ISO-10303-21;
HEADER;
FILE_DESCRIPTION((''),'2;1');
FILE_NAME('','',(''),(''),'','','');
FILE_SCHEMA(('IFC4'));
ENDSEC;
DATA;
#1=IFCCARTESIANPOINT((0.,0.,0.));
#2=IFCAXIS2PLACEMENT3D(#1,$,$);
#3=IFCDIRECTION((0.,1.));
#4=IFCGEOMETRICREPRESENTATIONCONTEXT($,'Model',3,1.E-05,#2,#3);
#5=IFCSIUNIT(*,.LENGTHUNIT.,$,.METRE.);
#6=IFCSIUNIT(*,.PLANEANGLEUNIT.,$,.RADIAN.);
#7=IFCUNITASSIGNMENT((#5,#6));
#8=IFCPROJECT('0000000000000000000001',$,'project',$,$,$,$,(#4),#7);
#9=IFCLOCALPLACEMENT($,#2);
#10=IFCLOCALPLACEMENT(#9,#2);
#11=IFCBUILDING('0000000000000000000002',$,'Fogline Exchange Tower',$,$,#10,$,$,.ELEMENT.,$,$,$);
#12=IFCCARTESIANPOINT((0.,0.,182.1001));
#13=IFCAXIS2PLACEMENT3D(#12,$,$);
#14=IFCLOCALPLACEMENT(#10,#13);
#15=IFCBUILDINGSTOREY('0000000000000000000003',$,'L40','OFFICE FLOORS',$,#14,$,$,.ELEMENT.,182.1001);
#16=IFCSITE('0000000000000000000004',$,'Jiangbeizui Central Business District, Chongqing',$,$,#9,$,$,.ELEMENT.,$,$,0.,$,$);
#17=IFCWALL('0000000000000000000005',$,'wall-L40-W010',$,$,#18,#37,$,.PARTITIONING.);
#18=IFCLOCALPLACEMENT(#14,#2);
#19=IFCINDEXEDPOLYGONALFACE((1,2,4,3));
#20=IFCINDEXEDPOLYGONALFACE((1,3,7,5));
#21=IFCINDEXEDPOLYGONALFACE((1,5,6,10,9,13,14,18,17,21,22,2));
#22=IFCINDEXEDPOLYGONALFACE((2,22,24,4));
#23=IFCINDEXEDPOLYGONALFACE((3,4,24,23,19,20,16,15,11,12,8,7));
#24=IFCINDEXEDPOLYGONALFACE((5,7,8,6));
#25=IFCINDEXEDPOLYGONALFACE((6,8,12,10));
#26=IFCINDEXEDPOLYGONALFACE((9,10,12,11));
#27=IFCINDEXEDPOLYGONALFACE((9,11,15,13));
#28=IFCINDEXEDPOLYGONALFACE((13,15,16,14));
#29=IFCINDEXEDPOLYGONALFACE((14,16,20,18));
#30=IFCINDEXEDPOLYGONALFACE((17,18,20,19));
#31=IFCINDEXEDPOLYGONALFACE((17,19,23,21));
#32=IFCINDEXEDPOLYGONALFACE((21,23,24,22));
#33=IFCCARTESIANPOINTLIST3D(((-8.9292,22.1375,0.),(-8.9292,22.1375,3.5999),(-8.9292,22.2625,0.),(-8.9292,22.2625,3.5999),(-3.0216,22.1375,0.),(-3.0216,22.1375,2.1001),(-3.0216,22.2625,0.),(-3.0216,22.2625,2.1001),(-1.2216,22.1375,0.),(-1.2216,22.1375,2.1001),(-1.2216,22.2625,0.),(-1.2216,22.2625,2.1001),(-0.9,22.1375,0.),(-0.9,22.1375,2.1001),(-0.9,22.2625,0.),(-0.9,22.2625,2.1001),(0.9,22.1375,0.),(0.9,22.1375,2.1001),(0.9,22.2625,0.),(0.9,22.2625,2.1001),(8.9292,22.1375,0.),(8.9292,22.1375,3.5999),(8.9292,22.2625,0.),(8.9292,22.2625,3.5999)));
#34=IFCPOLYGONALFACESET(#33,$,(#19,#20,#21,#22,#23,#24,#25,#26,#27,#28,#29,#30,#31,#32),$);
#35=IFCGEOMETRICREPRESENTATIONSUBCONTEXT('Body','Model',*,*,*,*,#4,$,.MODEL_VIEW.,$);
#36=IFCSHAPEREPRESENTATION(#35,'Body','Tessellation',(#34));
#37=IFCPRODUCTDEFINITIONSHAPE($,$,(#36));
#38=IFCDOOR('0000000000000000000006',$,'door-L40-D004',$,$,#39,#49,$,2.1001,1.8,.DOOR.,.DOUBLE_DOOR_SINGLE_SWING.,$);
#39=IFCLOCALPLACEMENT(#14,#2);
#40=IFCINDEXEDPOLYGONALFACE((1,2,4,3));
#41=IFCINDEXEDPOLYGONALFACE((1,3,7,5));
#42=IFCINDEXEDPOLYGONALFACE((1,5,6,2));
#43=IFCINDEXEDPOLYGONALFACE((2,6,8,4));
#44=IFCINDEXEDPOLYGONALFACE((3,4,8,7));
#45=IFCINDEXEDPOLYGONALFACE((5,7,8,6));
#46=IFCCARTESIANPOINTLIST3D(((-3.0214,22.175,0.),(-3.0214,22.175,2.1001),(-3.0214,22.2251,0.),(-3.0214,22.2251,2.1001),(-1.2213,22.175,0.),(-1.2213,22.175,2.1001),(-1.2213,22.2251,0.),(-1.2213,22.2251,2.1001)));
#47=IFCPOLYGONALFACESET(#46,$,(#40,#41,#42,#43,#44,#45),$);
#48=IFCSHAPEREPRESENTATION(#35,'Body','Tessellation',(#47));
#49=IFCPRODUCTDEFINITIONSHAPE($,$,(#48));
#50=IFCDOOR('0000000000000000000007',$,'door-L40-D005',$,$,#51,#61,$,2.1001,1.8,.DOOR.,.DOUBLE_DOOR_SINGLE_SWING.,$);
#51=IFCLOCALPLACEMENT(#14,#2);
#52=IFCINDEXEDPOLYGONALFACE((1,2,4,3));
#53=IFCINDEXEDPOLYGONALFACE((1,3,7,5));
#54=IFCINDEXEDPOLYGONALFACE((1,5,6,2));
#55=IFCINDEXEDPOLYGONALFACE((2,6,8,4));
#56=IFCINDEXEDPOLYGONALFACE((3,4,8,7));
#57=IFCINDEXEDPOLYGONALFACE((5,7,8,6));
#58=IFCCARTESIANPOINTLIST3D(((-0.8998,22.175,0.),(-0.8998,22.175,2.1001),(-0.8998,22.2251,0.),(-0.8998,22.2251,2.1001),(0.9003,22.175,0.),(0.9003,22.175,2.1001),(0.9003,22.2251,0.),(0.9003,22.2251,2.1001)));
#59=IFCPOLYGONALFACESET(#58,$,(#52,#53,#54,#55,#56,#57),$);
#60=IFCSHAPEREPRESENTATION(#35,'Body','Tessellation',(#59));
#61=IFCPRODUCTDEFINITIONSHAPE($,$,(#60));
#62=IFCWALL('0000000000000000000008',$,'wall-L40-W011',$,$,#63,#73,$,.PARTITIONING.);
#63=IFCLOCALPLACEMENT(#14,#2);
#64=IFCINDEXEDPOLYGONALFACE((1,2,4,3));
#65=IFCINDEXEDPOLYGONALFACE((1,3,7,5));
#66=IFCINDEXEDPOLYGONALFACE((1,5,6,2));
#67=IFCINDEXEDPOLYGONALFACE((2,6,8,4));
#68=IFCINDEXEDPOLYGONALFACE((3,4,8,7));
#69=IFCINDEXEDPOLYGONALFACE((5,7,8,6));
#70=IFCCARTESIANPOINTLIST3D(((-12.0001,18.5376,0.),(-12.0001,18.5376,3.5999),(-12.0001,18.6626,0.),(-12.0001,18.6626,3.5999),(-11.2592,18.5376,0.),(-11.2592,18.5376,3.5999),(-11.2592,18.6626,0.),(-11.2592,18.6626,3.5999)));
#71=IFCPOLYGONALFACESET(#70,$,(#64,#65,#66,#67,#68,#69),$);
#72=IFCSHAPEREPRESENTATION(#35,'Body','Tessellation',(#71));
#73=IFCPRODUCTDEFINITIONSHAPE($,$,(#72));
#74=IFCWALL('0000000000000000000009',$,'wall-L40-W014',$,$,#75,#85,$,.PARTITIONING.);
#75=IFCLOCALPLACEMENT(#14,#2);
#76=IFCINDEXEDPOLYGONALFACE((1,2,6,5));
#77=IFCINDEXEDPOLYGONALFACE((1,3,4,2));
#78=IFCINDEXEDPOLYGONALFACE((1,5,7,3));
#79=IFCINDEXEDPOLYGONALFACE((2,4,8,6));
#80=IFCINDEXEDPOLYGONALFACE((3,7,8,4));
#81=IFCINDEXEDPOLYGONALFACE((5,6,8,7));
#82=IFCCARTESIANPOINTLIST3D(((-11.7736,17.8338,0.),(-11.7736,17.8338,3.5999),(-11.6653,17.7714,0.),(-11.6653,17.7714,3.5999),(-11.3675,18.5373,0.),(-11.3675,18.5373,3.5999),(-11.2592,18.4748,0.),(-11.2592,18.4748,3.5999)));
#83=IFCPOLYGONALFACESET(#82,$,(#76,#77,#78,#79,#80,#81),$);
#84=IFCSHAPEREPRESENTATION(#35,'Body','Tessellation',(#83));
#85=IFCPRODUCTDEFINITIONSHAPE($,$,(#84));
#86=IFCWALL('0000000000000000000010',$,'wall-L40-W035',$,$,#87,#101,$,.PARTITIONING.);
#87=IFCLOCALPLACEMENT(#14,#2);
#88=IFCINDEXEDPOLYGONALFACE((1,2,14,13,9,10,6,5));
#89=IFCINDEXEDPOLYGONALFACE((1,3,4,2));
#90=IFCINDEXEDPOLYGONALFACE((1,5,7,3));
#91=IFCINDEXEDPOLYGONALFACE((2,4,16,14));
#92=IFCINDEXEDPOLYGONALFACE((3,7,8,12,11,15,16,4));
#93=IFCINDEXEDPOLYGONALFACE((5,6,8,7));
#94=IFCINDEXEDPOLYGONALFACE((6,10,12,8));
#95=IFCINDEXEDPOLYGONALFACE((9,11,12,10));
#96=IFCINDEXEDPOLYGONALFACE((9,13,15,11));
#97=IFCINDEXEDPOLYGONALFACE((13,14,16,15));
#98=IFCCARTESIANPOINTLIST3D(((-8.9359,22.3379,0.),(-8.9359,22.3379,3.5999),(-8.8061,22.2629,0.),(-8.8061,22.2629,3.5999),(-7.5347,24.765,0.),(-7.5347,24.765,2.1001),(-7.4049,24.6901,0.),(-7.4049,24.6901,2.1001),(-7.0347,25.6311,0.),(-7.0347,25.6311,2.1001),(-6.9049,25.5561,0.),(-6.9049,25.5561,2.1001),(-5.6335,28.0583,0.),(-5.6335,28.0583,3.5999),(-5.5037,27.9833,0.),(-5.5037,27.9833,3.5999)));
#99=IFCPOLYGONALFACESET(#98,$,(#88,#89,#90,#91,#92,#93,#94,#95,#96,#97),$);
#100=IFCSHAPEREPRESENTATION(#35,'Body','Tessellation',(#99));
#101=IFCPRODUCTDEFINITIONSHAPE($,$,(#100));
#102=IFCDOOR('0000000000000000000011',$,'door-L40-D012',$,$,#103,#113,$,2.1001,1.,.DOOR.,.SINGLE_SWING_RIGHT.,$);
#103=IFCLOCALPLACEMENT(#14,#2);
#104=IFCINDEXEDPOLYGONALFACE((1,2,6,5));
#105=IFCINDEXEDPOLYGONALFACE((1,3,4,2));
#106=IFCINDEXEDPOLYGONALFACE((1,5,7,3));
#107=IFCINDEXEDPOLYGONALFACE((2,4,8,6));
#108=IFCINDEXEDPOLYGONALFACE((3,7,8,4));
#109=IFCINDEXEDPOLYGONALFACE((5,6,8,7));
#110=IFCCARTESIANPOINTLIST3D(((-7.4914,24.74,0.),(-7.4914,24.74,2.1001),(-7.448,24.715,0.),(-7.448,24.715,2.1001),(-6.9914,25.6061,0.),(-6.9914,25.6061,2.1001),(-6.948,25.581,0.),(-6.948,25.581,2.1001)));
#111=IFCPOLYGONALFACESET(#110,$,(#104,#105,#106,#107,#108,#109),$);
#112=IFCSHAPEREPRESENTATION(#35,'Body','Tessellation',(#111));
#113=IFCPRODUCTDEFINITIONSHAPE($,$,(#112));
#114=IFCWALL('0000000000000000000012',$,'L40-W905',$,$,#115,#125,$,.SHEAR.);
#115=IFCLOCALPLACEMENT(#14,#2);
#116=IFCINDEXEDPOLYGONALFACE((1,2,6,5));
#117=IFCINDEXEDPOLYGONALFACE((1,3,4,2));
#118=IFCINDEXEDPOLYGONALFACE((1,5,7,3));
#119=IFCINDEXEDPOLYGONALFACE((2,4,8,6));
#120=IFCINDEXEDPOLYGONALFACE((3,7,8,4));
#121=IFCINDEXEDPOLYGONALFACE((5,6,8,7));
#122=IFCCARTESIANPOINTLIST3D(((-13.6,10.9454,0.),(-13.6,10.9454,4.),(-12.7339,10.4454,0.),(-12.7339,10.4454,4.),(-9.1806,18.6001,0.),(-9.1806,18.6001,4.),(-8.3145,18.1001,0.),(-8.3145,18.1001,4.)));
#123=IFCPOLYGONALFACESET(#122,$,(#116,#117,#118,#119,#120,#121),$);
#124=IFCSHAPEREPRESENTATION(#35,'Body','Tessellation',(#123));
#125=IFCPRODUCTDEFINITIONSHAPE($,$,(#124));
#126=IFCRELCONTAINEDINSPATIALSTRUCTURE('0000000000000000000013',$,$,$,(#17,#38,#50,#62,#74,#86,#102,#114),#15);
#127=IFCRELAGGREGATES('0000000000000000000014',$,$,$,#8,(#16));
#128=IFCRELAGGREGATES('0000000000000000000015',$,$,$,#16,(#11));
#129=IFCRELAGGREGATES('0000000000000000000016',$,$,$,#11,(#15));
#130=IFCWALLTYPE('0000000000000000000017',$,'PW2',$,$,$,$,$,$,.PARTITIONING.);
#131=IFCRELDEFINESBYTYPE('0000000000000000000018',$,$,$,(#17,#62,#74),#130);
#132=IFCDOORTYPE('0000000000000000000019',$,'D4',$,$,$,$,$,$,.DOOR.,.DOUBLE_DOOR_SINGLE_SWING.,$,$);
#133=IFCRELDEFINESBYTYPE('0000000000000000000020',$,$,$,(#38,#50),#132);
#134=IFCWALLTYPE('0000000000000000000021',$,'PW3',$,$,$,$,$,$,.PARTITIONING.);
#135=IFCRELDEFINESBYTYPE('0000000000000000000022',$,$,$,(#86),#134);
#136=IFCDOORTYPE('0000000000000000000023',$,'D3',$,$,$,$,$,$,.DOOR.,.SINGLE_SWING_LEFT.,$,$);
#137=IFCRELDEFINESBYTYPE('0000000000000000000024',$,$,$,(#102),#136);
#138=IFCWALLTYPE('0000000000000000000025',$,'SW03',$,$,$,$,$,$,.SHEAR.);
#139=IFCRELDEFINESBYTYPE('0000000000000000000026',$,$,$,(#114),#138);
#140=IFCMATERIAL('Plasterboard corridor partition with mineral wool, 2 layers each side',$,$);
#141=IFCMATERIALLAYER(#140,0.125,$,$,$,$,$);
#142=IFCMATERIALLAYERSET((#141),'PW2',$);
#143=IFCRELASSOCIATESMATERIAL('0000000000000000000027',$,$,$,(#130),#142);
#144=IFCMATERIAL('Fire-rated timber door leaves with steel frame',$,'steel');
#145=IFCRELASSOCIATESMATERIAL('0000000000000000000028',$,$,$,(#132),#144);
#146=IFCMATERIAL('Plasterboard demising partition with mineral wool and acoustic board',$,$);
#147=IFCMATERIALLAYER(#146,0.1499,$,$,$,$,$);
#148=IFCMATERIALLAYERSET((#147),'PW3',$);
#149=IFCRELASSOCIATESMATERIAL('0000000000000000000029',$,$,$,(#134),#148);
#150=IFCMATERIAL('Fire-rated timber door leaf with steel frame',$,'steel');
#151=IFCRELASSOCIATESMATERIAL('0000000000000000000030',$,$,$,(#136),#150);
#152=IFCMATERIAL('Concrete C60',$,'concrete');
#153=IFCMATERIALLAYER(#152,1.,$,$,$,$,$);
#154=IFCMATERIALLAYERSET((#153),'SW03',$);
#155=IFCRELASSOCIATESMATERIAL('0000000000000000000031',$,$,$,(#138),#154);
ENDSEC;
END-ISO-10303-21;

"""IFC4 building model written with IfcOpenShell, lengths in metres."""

from ifc_helpers import new_model, si_unit, direction, frame, frame_2d, origin, place, context, subcontext, project, spatial, rectangle, extrude, material, layer, layer_set, type_object, element, fill, save


model = new_model("IFC4")

# Units and contexts
model_context = context("Model", 3, precision=1e-05, world=origin(), true_north=direction((0.0, 1.0)))
body_context = subcontext(model_context, "Body", "Model", "MODEL_VIEW")
ifc_project = project(units=[si_unit("LENGTHUNIT", "METRE"), si_unit("PLANEANGLEUNIT", "RADIAN")], contexts=[model_context])

# Site, building, storey
site_placement = place(None, origin())
site = spatial("IfcSite", under=ifc_project, at=site_placement, Name="Jiangbeizui Central Business District, Chongqing", CompositionType="ELEMENT", RefElevation=0.0)
building_placement = place(site_placement, origin())
building = spatial("IfcBuilding", under=site, at=building_placement, Name="Fogline Exchange Tower", CompositionType="ELEMENT")
storey_placement = place(building_placement, frame((0.0, 0.0, 182.1001)))
storey = spatial("IfcBuildingStorey", under=building, at=storey_placement, Name="L40", Description="OFFICE FLOORS", CompositionType="ELEMENT", Elevation=182.1001)

# Shared definitions
ifc_material_1 = material(Name="Concrete C60", Category="concrete")

# Wall, openings, doors
ifc_material_2 = material(Name="Plasterboard corridor partition with mineral wool, 2 layers each side")
ifc_layer_1 = layer(ifc_material_2, 0.125)
ifc_layer_set_1 = layer_set([ifc_layer_1], Name="PW2")
wall_type_1 = type_object("IfcWallType", Name="PW2", PredefinedType="PARTITIONING", material=ifc_layer_set_1)
wall_1_placement = place(storey_placement, frame((-8.9292, 22.2, 0.0), z_axis=(0.0, 0.0, 1.0), x_axis=(1.0, 0.0, 0.0)))
wall_1 = element("IfcWall", 1, at=wall_1_placement, inside=storey, type_object=wall_type_1, Name="wall-L40-W010", PredefinedType="PARTITIONING", context=body_context, shape_type="SweptSolid", body=[
    extrude(rectangle(XDim=17.8584, YDim=0.125, at=frame_2d((8.9292, 0.0))), origin(), (0.0, 0.0, 1.0), 3.5999),
])
opening_1_placement = place(wall_1_placement, frame((5.9077, 0.0, 0.0)))
opening_1 = element("IfcOpeningElement", 2, at=opening_1_placement, cuts=wall_1, PredefinedType="OPENING", context=body_context, shape_type="SweptSolid", body=[
    extrude(rectangle(XDim=1.8, YDim=2.1001, at=frame_2d((0.8999, 1.05))), frame((0.0, 0.0725, 0.0), z_axis=(0.0, -1.0, 0.0), x_axis=(1.0, 0.0, 0.0)), (0.0, 0.0, 1.0), 0.145),
])
opening_2_placement = place(wall_1_placement, frame((8.0293, 0.0, 0.0)))
opening_2 = element("IfcOpeningElement", 3, at=opening_2_placement, cuts=wall_1, PredefinedType="OPENING", context=body_context, shape_type="SweptSolid", body=[
    extrude(rectangle(XDim=1.8, YDim=2.1001, at=frame_2d((0.8999, 1.05))), frame((0.0, 0.0725, 0.0), z_axis=(0.0, -1.0, 0.0), x_axis=(1.0, 0.0, 0.0)), (0.0, 0.0, 1.0), 0.145),
])
ifc_material_3 = material(Name="Fire-rated timber door leaves with steel frame", Category="steel")
door_type_1 = type_object("IfcDoorType", Name="D4", OperationType="DOUBLE_DOOR_SINGLE_SWING", PredefinedType="DOOR", material=ifc_material_3)
door_1_placement = place(opening_1_placement, frame((1.8, 0.0, 0.0), z_axis=(0.0, 0.0, 1.0), x_axis=(-1.0, 0.0, 0.0)))
door_1 = element("IfcDoor", 4, at=door_1_placement, inside=storey, type_object=door_type_1, Name="door-L40-D004", OperationType="DOUBLE_DOOR_SINGLE_SWING", OverallHeight=2.1001, OverallWidth=1.8, PredefinedType="DOOR", context=body_context, shape_type="SweptSolid", body=[
    extrude(rectangle(XDim=1.8, YDim=2.1001, at=frame_2d((0.8999, 1.05))), frame((0.0, 0.0249, 0.0), z_axis=(0.0, -1.0, 0.0), x_axis=(1.0, 0.0, 0.0)), (0.0, 0.0, 1.0), 0.05),
])
fill(opening_1, door_1)
door_2_placement = place(opening_2_placement, frame((1.8, 0.0, 0.0), z_axis=(0.0, 0.0, 1.0), x_axis=(-1.0, 0.0, 0.0)))
door_2 = element("IfcDoor", 5, at=door_2_placement, inside=storey, type_object=door_type_1, Name="door-L40-D005", OperationType="DOUBLE_DOOR_SINGLE_SWING", OverallHeight=2.1001, OverallWidth=1.8, PredefinedType="DOOR", context=body_context, shape_type="SweptSolid", body=[
    extrude(rectangle(XDim=1.8, YDim=2.1001, at=frame_2d((0.8999, 1.05))), frame((0.0, 0.0249, 0.0), z_axis=(0.0, -1.0, 0.0), x_axis=(1.0, 0.0, 0.0)), (0.0, 0.0, 1.0), 0.05),
])
fill(opening_2, door_2)

# Walls
wall_2_placement = place(storey_placement, frame((-11.259, 18.6001, 0.0), z_axis=(0.0, 0.0, 1.0), x_axis=(-1.0, 0.0, 0.0)))
element("IfcWall", 6, at=wall_2_placement, inside=storey, type_object=wall_type_1, Name="wall-L40-W011", PredefinedType="PARTITIONING", context=body_context, shape_type="SweptSolid", body=[
    extrude(rectangle(XDim=0.741, YDim=0.125, at=frame_2d((0.3706, 0.0))), origin(), (0.0, 0.0, 1.0), 3.5999),
])
wall_3_placement = place(storey_placement, frame((-11.7195, 17.8025, 0.0), z_axis=(0.0, 0.0, 1.0), x_axis=(0.499922, 0.86607, 0.0)))
element("IfcWall", 7, at=wall_3_placement, inside=storey, type_object=wall_type_1, Name="wall-L40-W014", PredefinedType="PARTITIONING", context=body_context, shape_type="SweptSolid", body=[
    extrude(rectangle(XDim=0.8123, YDim=0.125, at=frame_2d((0.4062, 0.0))), origin(), (0.0, 0.0, 1.0), 3.5999),
])

# Wall, opening, door
ifc_material_4 = material(Name="Plasterboard demising partition with mineral wool and acoustic board")
ifc_layer_2 = layer(ifc_material_4, 0.1499)
ifc_layer_set_2 = layer_set([ifc_layer_2], Name="PW3")
wall_type_2 = type_object("IfcWallType", Name="PW3", PredefinedType="PARTITIONING", material=ifc_layer_set_2)
wall_4_placement = place(storey_placement, frame((-8.8711, 22.3003, 0.0), z_axis=(0.0, 0.0, 1.0), x_axis=(0.499975, 0.86604, 0.0)))
wall_4 = element("IfcWall", 8, at=wall_4_placement, inside=storey, type_object=wall_type_2, Name="wall-L40-W035", PredefinedType="PARTITIONING", context=body_context, shape_type="SweptSolid", body=[
    extrude(rectangle(XDim=6.6052, YDim=0.1499, at=frame_2d((3.3027, 0.0))), origin(), (0.0, 0.0, 1.0), 3.5999),
])
opening_3_placement = place(wall_4_placement, frame((2.8027, 0.0, 0.0)))
opening_3 = element("IfcOpeningElement", 9, at=opening_3_placement, cuts=wall_4, PredefinedType="OPENING", context=body_context, shape_type="SweptSolid", body=[
    extrude(rectangle(XDim=1.0, YDim=2.1001, at=frame_2d((0.5, 1.05))), frame((0.0, 0.085, 0.0), z_axis=(0.0, -1.0, 0.0), x_axis=(1.0, 0.0, 0.0)), (0.0, 0.0, 1.0), 0.1699),
])
ifc_material_5 = material(Name="Fire-rated timber door leaf with steel frame", Category="steel")
door_type_2 = type_object("IfcDoorType", Name="D3", OperationType="SINGLE_SWING_LEFT", PredefinedType="DOOR", material=ifc_material_5)
door_3_placement = place(opening_3_placement, origin())
door_3 = element("IfcDoor", 10, at=door_3_placement, inside=storey, type_object=door_type_2, Name="door-L40-D012", OperationType="SINGLE_SWING_RIGHT", OverallHeight=2.1001, OverallWidth=1.0, PredefinedType="DOOR", context=body_context, shape_type="SweptSolid", body=[
    extrude(rectangle(XDim=1.0, YDim=2.1001, at=frame_2d((0.5, 1.05))), frame((0.0, 0.0249, 0.0), z_axis=(0.0, -1.0, 0.0), x_axis=(1.0, 0.0, 0.0)), (0.0, 0.0, 1.0), 0.05),
])
fill(opening_3, door_3)

# Wall
ifc_layer_3 = layer(ifc_material_1, 1.0)
ifc_layer_set_3 = layer_set([ifc_layer_3], Name="SW03")
wall_type_3 = type_object("IfcWallType", Name="SW03", PredefinedType="SHEAR", material=ifc_layer_set_3)
wall_5_placement = place(storey_placement, frame((-8.7476, 18.3501, 0.0), z_axis=(0.0, 0.0, 1.0), x_axis=(-0.499995, -0.866028, 0.0)))
element("IfcWall", 11, at=wall_5_placement, inside=storey, type_object=wall_type_3, Name="L40-W905", PredefinedType="SHEAR", context=body_context, shape_type="SweptSolid", body=[
    extrude(rectangle(XDim=8.8389, YDim=1.0, at=frame_2d((4.4194, 0.0))), origin(), (0.0, 0.0, 1.0), 4.0),
])

save(model, "model.ifc")
